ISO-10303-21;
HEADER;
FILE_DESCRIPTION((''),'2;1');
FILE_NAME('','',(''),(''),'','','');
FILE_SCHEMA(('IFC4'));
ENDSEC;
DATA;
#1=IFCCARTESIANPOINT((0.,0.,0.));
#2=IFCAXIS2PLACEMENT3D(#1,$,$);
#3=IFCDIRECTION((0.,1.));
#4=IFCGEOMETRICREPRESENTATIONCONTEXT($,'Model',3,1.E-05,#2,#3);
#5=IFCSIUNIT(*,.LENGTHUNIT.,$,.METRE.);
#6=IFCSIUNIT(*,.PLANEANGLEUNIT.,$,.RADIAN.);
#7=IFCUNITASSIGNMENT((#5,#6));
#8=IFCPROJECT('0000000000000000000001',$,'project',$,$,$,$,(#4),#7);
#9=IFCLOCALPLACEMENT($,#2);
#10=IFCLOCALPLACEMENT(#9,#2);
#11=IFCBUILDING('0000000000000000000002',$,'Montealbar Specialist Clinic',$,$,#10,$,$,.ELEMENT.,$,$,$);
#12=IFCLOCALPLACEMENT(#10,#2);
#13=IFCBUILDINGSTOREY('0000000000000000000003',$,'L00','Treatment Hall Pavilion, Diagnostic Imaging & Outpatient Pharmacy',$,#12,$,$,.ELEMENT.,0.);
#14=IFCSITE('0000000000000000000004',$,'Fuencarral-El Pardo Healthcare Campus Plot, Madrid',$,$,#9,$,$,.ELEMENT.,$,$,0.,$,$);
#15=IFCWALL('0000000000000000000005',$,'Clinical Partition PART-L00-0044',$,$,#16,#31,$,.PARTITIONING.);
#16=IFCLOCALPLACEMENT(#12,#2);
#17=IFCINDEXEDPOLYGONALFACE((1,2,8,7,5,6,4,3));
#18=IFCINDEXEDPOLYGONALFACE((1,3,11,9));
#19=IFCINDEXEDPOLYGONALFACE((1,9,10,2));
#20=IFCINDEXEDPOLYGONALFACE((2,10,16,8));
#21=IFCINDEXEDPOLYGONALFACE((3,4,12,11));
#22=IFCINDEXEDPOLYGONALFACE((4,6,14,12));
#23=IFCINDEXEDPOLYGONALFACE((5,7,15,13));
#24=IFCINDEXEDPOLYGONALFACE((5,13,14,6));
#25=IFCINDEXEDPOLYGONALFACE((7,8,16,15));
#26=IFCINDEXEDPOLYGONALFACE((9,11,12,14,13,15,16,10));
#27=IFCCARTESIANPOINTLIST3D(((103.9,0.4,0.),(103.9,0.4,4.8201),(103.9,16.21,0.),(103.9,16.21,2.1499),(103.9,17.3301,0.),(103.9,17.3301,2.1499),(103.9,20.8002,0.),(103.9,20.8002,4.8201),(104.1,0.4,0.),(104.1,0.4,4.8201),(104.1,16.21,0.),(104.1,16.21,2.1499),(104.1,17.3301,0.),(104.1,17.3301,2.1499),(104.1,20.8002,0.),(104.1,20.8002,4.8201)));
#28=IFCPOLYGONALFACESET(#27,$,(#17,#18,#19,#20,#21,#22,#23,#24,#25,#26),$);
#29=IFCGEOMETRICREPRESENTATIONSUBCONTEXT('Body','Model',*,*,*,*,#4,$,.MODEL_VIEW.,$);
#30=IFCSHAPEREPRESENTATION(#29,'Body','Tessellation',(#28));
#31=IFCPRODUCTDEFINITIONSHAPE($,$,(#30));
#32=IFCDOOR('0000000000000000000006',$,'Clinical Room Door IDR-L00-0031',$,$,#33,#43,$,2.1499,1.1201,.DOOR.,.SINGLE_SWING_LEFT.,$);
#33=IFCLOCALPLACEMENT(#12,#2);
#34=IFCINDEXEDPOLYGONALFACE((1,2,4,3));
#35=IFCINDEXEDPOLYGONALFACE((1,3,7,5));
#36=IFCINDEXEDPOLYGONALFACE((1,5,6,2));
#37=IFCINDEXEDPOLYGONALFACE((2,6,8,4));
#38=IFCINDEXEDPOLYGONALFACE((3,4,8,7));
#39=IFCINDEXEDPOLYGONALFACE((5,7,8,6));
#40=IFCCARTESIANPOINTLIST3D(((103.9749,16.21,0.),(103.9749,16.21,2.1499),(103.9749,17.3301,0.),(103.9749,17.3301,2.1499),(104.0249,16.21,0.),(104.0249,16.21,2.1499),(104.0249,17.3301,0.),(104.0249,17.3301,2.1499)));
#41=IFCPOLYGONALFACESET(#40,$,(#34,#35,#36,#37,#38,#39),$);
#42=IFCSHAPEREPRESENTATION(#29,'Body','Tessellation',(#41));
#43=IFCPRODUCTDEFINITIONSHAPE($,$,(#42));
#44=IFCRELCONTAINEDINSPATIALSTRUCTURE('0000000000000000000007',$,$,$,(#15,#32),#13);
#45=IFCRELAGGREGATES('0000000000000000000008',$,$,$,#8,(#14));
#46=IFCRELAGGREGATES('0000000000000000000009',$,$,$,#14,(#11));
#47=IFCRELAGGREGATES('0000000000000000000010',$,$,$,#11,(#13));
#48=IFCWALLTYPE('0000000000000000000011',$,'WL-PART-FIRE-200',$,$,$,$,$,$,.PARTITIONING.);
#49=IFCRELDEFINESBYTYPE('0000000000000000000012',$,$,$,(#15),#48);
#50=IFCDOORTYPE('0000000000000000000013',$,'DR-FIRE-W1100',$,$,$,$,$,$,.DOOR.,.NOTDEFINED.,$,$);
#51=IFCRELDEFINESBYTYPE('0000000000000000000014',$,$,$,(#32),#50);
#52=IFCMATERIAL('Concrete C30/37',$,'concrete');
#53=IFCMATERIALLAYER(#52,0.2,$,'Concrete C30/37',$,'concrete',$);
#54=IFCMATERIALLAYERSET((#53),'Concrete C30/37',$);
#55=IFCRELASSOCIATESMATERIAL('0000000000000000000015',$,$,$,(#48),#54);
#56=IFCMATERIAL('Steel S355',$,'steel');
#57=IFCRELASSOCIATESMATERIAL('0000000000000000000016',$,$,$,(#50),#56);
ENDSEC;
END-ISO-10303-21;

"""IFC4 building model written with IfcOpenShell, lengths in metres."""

from ifc_helpers import new_model, si_unit, direction, frame, frame_2d, origin, place, context, subcontext, project, spatial, rectangle, extrude, material, layer, layer_set, type_object, element, fill, save


model = new_model("IFC4")

# Units and contexts
model_context = context("Model", 3, precision=1e-05, world=origin(), true_north=direction((0.0, 1.0)))
body_context = subcontext(model_context, "Body", "Model", "MODEL_VIEW")
ifc_project = project(units=[si_unit("LENGTHUNIT", "METRE"), si_unit("PLANEANGLEUNIT", "RADIAN")], contexts=[model_context])

# Site, building, storey
site_placement = place(None, origin())
site = spatial("IfcSite", under=ifc_project, at=site_placement, Name="Fuencarral-El Pardo Healthcare Campus Plot, Madrid", CompositionType="ELEMENT", RefElevation=0.0)
building_placement = place(site_placement, origin())
building = spatial("IfcBuilding", under=site, at=building_placement, Name="Montealbar Specialist Clinic", CompositionType="ELEMENT")
storey_placement = place(building_placement, origin())
storey = spatial("IfcBuildingStorey", under=building, at=storey_placement, Name="L00", Description="Treatment Hall Pavilion, Diagnostic Imaging & Outpatient Pharmacy", CompositionType="ELEMENT", Elevation=0.0)

# Shared definitions
ifc_material_1 = material(Name="Steel S355", Category="steel")

# Shared definitions
ifc_material_2 = material(Name="Concrete C30/37", Category="concrete")
ifc_layer_1 = layer(ifc_material_2, 0.2, Name="Concrete C30/37", Category="concrete")
ifc_layer_set_1 = layer_set([ifc_layer_1], Name="Concrete C30/37")
wall_type_1 = type_object("IfcWallType", Name="WL-PART-FIRE-200", PredefinedType="PARTITIONING", material=ifc_layer_set_1)

# Wall, opening, door
wall_1_placement = place(storey_placement, frame((104.0, 0.3999, 0.0), z_axis=(0.0, 0.0, 1.0), x_axis=(0.0, 1.0, 0.0)))
wall_1 = element("IfcWall", 1, at=wall_1_placement, inside=storey, type_object=wall_type_1, Name="Clinical Partition PART-L00-0044", PredefinedType="PARTITIONING", context=body_context, shape_type="SweptSolid", body=[
    extrude(rectangle(XDim=20.4001, YDim=0.2, at=frame_2d((10.2002, 0.0))), origin(), (0.0, 0.0, 1.0), 4.8201),
])
opening_1_placement = place(wall_1_placement, frame((15.8101, 0.0, 0.0)))
opening_1 = element("IfcOpeningElement", 2, at=opening_1_placement, cuts=wall_1, PredefinedType="OPENING", context=body_context, shape_type="SweptSolid", body=[
    extrude(rectangle(XDim=1.1201, YDim=2.1499, at=frame_2d((0.5601, 1.075))), frame((0.0, 0.1099, 0.0), z_axis=(0.0, -1.0, 0.0), x_axis=(1.0, 0.0, 0.0)), (0.0, 0.0, 1.0), 0.22),
])
door_type_1 = type_object("IfcDoorType", Name="DR-FIRE-W1100", OperationType="NOTDEFINED", PredefinedType="DOOR", material=ifc_material_1)
door_1_placement = place(opening_1_placement, frame((1.1201, 0.0, 0.0), z_axis=(0.0, 0.0, 1.0), x_axis=(-1.0, 0.0, 0.0)))
door_1 = element("IfcDoor", 3, at=door_1_placement, inside=storey, type_object=door_type_1, Name="Clinical Room Door IDR-L00-0031", OperationType="SINGLE_SWING_LEFT", OverallHeight=2.1499, OverallWidth=1.1201, PredefinedType="DOOR", context=body_context, shape_type="SweptSolid", body=[
    extrude(rectangle(XDim=1.1201, YDim=2.1499, at=frame_2d((0.5601, 1.075))), frame((0.0, 0.0249, 0.0), z_axis=(0.0, -1.0, 0.0), x_axis=(1.0, 0.0, 0.0)), (0.0, 0.0, 1.0), 0.05),
])
fill(opening_1, door_1)

save(model, "model.ifc")
